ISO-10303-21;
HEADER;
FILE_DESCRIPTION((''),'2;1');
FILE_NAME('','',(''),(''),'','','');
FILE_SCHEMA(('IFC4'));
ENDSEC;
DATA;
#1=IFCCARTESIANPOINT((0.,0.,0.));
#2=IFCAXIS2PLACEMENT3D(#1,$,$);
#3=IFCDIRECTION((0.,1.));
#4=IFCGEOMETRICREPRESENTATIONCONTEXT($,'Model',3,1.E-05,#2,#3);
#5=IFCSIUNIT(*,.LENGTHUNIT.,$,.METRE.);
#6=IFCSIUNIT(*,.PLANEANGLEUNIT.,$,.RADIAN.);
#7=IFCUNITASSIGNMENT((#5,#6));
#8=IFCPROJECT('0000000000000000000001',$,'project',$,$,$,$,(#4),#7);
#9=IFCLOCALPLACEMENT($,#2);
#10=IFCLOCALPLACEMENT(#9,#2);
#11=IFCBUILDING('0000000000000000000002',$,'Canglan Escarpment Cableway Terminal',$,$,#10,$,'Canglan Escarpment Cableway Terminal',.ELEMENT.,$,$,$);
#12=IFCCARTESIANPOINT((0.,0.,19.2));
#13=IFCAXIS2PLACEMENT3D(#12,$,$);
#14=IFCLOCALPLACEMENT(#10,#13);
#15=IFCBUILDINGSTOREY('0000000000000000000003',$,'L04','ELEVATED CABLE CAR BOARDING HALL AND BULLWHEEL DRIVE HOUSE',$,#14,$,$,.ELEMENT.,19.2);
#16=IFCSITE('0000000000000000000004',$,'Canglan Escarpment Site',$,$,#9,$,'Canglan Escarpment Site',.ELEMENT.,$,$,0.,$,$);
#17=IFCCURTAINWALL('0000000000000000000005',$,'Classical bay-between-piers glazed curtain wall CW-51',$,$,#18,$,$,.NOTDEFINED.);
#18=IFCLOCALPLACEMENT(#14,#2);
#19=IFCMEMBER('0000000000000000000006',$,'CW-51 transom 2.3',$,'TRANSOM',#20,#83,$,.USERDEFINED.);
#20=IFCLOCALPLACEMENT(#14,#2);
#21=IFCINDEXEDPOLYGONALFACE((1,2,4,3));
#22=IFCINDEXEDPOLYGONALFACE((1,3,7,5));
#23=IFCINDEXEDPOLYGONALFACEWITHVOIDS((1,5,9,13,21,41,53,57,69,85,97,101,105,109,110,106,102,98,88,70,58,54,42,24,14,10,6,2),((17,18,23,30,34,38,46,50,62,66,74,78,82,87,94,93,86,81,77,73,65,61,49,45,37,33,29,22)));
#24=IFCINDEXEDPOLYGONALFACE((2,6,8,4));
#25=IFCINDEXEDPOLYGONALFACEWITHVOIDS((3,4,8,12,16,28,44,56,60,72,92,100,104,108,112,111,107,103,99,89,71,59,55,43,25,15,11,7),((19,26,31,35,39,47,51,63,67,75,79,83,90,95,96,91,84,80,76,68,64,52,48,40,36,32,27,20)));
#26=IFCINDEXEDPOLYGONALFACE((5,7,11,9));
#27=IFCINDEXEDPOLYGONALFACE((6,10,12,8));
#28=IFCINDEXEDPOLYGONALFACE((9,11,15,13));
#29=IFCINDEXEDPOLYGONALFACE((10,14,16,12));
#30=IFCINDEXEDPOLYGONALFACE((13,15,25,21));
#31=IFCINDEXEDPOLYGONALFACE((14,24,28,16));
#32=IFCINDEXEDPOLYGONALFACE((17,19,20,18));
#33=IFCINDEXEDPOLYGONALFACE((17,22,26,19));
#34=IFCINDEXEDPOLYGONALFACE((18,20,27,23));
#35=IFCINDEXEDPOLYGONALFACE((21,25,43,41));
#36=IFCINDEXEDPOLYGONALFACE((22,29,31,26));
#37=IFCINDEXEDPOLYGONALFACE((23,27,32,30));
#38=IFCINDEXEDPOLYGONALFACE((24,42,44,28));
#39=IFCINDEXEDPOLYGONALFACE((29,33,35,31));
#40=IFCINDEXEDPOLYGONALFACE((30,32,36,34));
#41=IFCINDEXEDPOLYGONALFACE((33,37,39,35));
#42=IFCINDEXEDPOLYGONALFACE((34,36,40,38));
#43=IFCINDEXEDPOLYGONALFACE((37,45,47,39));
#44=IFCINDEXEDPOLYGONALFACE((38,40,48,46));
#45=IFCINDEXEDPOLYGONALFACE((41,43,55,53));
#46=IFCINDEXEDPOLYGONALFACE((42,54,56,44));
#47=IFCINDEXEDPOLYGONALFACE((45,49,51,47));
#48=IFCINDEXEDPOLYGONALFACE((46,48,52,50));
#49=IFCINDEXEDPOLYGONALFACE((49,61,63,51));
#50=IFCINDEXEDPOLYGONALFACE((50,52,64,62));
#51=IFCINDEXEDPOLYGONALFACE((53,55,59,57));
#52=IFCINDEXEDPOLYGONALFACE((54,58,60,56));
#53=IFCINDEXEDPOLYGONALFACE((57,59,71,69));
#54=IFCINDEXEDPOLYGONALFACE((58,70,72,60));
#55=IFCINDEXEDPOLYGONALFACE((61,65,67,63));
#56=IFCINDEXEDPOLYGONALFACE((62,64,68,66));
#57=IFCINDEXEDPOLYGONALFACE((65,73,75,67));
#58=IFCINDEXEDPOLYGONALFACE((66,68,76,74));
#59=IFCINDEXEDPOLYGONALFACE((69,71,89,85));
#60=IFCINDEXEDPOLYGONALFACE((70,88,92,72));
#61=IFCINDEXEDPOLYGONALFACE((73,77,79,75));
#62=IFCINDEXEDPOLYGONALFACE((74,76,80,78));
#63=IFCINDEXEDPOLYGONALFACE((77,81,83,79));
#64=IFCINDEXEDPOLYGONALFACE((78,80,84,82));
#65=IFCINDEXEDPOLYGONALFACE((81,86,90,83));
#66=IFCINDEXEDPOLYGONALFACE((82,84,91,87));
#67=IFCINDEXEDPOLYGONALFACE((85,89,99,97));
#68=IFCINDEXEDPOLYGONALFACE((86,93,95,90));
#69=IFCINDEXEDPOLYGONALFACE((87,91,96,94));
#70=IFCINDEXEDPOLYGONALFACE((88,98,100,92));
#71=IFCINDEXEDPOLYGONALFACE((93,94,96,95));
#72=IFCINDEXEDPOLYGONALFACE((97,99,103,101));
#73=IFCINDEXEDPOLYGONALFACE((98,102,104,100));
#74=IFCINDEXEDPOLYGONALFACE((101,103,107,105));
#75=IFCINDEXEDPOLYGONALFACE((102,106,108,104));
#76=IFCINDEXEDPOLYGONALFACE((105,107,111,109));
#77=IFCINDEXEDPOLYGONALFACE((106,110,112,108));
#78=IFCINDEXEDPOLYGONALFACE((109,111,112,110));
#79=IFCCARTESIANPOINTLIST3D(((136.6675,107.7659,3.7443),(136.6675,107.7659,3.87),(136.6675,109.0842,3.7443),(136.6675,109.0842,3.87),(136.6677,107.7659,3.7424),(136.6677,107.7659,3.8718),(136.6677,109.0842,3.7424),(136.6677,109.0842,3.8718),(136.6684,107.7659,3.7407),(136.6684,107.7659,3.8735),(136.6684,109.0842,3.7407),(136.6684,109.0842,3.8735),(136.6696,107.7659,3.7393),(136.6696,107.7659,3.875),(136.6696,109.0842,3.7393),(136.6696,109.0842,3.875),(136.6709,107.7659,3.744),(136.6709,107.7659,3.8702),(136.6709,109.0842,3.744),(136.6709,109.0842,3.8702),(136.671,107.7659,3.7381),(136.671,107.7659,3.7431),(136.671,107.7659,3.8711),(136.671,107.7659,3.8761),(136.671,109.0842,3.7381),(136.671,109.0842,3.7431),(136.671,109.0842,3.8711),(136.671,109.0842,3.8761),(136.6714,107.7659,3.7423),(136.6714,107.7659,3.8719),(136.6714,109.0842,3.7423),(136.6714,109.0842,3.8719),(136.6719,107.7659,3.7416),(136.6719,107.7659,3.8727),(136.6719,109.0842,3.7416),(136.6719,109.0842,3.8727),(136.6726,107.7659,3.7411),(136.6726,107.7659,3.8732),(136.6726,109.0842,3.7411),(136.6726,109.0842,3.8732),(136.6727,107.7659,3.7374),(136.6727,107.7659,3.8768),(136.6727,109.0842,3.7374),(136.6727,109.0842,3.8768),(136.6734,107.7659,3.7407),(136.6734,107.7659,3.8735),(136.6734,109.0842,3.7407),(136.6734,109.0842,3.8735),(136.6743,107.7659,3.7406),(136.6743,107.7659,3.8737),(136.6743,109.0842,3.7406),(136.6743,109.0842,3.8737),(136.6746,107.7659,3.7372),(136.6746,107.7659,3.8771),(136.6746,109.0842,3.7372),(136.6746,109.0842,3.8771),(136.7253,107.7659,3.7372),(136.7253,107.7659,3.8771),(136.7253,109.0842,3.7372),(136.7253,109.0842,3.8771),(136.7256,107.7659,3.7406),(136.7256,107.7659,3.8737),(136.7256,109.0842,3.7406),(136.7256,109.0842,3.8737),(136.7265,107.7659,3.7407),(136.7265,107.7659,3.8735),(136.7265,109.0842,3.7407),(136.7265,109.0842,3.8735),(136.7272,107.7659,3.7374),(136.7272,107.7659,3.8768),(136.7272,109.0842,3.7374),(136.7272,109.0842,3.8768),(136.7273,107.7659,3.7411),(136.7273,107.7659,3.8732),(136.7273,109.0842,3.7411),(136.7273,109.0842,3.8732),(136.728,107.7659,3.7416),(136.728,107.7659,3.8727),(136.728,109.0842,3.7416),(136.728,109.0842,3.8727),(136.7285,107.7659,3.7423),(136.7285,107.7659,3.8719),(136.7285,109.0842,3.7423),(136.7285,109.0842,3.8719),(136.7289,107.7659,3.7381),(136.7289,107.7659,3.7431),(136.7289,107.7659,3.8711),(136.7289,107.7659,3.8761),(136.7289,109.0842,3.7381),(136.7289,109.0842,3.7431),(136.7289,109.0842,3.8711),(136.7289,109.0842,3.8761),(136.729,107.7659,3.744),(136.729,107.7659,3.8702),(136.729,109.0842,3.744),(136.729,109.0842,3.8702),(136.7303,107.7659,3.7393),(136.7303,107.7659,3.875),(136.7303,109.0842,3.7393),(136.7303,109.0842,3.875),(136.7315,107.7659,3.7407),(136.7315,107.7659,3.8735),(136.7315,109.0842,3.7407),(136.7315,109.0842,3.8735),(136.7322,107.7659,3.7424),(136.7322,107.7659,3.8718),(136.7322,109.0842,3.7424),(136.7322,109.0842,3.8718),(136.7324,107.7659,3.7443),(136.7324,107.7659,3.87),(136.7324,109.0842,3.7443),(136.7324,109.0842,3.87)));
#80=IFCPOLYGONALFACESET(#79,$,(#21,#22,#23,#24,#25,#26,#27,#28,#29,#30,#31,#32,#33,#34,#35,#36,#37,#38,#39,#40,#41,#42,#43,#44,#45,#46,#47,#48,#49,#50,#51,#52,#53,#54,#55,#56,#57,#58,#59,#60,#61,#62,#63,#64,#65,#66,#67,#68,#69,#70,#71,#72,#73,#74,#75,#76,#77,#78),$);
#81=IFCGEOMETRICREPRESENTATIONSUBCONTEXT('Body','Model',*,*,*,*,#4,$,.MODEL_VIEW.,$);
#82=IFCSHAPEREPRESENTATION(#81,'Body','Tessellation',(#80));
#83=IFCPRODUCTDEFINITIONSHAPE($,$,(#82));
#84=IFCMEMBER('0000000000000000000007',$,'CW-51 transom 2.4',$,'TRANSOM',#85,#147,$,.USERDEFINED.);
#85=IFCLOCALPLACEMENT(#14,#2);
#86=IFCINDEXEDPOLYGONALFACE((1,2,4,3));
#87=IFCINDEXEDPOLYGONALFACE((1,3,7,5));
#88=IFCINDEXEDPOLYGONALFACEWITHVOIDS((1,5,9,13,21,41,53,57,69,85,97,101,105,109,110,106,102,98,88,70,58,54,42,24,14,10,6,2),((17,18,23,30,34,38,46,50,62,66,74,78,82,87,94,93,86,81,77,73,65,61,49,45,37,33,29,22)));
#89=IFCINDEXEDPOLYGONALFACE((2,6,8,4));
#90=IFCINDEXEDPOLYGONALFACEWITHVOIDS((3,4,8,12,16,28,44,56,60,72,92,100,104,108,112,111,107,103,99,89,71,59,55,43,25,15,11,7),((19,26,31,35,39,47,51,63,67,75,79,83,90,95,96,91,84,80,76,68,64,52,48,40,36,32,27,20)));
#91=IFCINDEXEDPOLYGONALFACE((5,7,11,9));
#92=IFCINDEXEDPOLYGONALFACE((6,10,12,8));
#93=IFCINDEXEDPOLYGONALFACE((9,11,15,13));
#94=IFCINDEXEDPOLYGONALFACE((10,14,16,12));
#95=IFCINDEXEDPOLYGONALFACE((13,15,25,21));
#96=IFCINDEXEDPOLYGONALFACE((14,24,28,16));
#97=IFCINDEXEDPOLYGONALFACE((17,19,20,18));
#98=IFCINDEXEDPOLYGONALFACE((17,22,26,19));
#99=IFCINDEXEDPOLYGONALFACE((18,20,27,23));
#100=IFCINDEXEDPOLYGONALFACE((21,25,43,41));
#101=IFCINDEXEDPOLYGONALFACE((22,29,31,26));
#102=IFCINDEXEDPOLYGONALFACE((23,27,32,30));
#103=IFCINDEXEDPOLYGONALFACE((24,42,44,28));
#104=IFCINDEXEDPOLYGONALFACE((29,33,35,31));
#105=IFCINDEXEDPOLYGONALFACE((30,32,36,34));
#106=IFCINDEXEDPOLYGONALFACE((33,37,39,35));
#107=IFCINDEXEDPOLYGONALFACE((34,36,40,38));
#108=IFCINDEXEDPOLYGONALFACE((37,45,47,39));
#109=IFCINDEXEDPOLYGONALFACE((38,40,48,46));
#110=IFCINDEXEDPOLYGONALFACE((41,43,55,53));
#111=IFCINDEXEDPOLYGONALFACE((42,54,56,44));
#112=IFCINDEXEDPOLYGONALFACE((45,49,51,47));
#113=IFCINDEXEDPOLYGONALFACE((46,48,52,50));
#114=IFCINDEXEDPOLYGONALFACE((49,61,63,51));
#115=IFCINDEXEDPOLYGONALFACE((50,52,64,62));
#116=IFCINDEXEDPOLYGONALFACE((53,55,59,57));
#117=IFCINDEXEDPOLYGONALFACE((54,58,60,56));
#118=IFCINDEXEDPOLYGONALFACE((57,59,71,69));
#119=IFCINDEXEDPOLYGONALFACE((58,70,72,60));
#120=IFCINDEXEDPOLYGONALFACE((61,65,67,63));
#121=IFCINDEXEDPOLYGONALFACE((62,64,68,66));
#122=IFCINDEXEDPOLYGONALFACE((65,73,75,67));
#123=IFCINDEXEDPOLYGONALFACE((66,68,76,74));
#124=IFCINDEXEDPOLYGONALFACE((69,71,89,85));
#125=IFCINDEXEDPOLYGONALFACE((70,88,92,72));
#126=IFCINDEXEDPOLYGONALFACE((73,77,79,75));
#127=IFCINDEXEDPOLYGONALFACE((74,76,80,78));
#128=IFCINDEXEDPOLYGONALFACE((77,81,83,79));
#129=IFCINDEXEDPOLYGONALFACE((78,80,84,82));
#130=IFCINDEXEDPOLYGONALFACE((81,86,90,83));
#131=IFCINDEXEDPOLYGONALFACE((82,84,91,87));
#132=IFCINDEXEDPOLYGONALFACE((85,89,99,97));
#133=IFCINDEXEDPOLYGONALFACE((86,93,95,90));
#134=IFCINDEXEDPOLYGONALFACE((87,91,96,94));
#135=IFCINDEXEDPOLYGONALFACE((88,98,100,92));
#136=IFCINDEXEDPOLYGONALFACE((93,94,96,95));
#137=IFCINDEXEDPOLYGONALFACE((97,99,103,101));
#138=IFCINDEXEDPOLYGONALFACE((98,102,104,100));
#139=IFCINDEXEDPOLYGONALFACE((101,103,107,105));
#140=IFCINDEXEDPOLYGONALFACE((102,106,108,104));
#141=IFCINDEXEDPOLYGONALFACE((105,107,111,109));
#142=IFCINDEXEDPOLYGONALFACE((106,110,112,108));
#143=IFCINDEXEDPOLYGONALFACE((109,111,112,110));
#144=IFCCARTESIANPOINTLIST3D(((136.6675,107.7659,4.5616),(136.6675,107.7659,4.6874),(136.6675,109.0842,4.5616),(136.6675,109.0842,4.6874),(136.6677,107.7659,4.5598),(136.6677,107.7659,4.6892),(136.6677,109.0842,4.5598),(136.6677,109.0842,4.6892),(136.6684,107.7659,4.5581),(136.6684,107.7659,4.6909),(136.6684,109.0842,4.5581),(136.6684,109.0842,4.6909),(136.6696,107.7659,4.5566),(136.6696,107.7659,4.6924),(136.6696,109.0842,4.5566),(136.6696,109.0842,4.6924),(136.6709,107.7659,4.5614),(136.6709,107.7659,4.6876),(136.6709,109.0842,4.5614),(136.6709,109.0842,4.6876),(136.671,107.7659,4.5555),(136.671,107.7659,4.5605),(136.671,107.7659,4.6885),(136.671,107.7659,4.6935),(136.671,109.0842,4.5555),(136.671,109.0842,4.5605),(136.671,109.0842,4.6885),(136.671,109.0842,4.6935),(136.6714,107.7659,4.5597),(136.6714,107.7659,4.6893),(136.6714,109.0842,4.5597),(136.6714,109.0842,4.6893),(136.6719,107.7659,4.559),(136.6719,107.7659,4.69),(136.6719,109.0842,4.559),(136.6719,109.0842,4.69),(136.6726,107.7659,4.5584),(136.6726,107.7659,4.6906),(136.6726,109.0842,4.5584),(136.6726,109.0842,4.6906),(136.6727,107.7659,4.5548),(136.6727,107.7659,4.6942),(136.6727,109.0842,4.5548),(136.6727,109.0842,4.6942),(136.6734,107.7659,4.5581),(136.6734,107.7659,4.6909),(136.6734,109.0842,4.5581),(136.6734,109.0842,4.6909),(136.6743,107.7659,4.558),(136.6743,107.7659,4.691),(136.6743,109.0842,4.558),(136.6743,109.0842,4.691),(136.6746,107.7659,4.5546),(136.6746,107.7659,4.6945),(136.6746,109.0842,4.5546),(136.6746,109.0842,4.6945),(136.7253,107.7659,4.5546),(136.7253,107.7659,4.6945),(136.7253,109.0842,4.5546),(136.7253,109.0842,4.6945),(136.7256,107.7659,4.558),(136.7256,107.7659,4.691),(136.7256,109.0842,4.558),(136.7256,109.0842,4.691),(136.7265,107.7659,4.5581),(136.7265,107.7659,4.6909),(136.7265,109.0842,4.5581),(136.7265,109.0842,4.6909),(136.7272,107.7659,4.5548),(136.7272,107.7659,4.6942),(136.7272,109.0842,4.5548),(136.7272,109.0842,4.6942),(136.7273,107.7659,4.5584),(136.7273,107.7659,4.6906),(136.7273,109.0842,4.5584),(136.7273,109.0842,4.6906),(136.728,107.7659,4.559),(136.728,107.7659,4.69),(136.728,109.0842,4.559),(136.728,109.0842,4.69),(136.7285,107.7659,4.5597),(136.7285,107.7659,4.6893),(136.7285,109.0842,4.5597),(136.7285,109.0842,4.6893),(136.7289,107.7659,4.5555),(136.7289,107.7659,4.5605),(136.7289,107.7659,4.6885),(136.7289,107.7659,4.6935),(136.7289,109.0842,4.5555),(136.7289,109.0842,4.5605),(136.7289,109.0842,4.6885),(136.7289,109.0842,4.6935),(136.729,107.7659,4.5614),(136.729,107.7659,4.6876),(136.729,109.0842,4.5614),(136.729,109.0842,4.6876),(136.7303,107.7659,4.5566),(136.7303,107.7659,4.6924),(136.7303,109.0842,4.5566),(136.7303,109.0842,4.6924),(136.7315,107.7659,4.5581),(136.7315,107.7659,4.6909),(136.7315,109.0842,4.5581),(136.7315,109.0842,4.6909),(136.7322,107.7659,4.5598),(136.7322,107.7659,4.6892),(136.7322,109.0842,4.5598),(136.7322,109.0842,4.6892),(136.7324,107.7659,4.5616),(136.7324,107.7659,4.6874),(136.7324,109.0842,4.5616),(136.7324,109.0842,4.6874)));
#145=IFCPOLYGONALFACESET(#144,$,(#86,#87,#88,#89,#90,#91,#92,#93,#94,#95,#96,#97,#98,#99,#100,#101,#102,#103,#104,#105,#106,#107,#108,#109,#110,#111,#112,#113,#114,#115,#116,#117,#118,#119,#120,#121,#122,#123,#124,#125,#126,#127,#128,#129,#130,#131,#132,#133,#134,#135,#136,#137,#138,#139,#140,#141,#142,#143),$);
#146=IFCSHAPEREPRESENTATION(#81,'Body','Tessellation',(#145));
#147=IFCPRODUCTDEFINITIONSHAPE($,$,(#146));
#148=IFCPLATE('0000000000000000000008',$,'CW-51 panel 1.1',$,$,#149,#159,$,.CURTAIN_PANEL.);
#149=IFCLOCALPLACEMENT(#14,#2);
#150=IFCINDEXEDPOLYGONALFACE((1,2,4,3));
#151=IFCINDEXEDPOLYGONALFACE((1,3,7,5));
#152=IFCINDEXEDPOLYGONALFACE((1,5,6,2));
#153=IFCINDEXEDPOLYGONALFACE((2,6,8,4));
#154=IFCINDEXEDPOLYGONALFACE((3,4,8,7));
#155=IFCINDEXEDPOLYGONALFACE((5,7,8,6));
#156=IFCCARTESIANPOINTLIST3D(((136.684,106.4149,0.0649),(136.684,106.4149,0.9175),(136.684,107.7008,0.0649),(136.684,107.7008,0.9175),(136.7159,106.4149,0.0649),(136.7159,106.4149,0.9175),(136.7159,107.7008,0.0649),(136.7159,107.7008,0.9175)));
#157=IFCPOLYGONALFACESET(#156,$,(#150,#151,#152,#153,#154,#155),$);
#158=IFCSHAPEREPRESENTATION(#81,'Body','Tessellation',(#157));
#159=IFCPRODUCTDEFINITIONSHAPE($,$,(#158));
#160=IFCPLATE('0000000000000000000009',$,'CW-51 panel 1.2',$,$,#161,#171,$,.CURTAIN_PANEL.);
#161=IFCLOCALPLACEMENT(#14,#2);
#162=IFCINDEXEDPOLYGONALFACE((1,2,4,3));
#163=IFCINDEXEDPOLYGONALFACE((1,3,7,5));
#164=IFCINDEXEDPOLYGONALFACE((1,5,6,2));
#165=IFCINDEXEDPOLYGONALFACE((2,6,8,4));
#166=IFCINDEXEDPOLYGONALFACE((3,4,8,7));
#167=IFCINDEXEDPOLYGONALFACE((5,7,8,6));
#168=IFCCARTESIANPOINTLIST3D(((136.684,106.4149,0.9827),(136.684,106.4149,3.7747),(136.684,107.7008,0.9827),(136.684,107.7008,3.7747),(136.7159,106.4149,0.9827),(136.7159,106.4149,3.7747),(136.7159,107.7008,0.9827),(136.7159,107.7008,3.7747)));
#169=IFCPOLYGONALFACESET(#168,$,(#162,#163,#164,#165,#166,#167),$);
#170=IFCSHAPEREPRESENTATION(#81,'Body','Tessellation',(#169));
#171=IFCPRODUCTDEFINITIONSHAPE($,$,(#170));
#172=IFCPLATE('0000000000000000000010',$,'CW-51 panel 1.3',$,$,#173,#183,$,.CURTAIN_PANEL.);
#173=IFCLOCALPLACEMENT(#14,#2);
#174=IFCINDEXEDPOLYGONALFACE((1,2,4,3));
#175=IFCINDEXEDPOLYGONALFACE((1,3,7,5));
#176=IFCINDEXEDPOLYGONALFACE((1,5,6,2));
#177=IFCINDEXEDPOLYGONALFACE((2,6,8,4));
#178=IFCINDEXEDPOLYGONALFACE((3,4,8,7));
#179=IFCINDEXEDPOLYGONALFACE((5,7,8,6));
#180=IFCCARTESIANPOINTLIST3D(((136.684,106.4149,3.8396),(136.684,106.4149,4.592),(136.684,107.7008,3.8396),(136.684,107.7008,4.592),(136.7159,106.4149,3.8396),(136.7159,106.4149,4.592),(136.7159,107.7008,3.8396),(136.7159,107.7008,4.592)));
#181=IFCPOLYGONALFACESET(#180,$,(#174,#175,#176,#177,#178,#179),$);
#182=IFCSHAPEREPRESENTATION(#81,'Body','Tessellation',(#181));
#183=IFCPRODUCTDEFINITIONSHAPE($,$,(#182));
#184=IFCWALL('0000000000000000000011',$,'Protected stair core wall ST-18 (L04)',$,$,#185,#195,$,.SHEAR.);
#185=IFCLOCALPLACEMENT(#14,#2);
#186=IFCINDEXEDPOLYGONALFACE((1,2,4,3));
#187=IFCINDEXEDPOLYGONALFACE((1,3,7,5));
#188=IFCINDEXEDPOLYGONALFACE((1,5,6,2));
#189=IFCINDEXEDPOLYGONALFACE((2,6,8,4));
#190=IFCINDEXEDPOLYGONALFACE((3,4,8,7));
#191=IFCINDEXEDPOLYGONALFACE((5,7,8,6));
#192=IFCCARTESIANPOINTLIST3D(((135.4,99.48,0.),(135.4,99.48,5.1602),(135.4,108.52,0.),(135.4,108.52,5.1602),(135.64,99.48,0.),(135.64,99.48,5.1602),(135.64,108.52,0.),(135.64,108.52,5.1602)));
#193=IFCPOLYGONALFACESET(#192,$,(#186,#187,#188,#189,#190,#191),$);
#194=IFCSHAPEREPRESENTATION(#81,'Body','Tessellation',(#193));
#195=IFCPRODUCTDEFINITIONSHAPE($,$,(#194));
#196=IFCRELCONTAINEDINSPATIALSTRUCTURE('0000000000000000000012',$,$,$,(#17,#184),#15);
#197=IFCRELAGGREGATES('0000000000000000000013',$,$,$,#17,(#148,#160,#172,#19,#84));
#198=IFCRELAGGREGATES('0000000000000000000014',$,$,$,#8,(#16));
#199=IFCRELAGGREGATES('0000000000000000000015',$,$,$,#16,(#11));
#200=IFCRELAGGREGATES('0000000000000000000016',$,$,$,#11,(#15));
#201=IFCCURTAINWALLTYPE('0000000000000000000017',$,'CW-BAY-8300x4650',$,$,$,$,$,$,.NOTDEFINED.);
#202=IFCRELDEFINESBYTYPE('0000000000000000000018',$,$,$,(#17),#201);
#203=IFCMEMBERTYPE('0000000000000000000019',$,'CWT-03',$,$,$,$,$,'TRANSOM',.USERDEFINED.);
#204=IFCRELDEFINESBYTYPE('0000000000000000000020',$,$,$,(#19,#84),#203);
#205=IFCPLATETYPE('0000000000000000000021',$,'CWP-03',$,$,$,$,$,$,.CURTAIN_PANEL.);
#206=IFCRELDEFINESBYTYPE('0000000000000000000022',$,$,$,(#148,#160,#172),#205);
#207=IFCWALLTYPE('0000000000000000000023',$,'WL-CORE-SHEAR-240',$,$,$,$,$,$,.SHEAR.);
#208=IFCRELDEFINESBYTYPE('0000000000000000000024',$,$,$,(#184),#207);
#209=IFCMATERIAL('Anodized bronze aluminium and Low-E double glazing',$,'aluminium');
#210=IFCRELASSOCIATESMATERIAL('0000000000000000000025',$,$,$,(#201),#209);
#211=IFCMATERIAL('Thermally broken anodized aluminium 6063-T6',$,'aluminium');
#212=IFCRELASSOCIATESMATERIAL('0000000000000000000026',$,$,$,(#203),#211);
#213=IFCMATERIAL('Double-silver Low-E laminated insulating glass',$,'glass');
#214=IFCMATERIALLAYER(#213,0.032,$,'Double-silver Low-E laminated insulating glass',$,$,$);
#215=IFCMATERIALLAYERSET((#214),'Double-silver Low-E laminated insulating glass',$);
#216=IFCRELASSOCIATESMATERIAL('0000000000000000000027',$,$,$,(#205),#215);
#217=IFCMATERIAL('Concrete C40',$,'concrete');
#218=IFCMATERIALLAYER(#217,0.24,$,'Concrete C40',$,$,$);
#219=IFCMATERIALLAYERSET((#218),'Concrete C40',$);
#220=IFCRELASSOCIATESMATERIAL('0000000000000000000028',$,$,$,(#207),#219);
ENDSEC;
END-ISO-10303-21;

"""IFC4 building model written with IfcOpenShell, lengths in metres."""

from ifc_helpers import new_model, si_unit, direction, frame, frame_2d, origin, origin_2d, place, context, subcontext, project, spatial, rectangle, hollow_rectangle, extrude, material, layer, layer_set, material_profile, profile_set, type_object, element, aggregate, save


model = new_model("IFC4")

# Units and contexts
model_context = context("Model", 3, precision=1e-05, world=origin(), true_north=direction((0.0, 1.0)))
body_context = subcontext(model_context, "Body", "Model", "MODEL_VIEW")
ifc_project = project(units=[si_unit("LENGTHUNIT", "METRE"), si_unit("PLANEANGLEUNIT", "RADIAN")], contexts=[model_context])

# Site, building, storey
site_placement = place(None, origin())
site = spatial("IfcSite", under=ifc_project, at=site_placement, Name="Canglan Escarpment Site", LongName="Canglan Escarpment Site", CompositionType="ELEMENT", RefElevation=0.0)
building_placement = place(site_placement, origin())
building = spatial("IfcBuilding", under=site, at=building_placement, Name="Canglan Escarpment Cableway Terminal", LongName="Canglan Escarpment Cableway Terminal", CompositionType="ELEMENT")
storey_placement = place(building_placement, frame((0.0, 0.0, 19.2)))
storey = spatial("IfcBuildingStorey", under=building, at=storey_placement, Name="L04", Description="ELEVATED CABLE CAR BOARDING HALL AND BULLWHEEL DRIVE HOUSE", CompositionType="ELEMENT", Elevation=19.2)

# Shared definitions
ifc_material_1 = material(Name="Concrete C40", Category="concrete")

# Curtain wall, members, plates
ifc_material_2 = material(Name="Anodized bronze aluminium and Low-E double glazing", Category="aluminium")
curtain_wall_type = type_object("IfcCurtainWallType", Name="CW-BAY-8300x4650", PredefinedType="NOTDEFINED", material=ifc_material_2)
curtain_wall_placement = place(storey_placement, origin())
curtain_wall = element("IfcCurtainWall", 1, at=curtain_wall_placement, inside=storey, type_object=curtain_wall_type, Name="Classical bay-between-piers glazed curtain wall CW-51", PredefinedType="NOTDEFINED")
ifc_material_3 = material(Name="Thermally broken anodized aluminium 6063-T6", Category="aluminium")
ifc_material_profile_1 = material_profile(ifc_material_3, hollow_rectangle(XDim=0.0649, YDim=0.1399, WallThickness=0.0034, InnerFilletRadius=0.0034, OuterFilletRadius=0.0071, at=origin_2d()), Name="ALU-TRAN 65x140x3.5")
ifc_profile_set_1 = profile_set([ifc_material_profile_1], Name="Thermally broken anodized aluminium 6063-T6")
member_type_1 = type_object("IfcMemberType", Name="CWT-03", ElementType="TRANSOM", PredefinedType="USERDEFINED", material=ifc_profile_set_1)
member_1_placement = place(storey_placement, frame((136.7, 107.7659, 3.8071), z_axis=(0.0, 1.0, 0.0), x_axis=(-1.0, 0.0, 0.0)))
member_1 = element("IfcMember", 2, at=member_1_placement, type_object=member_type_1, Name="CW-51 transom 2.3", ObjectType="TRANSOM", PredefinedType="USERDEFINED", context=body_context, shape_type="SweptSolid", body=[
    extrude(hollow_rectangle(XDim=0.0649, YDim=0.1399, WallThickness=0.0034, InnerFilletRadius=0.0034, OuterFilletRadius=0.0071, at=origin_2d()), origin(), (0.0, 0.0, 1.0), 1.3184),
])
member_2_placement = place(storey_placement, frame((136.7, 107.7659, 4.6245), z_axis=(0.0, 1.0, 0.0), x_axis=(-1.0, 0.0, 0.0)))
member_2 = element("IfcMember", 3, at=member_2_placement, type_object=member_type_1, Name="CW-51 transom 2.4", ObjectType="TRANSOM", PredefinedType="USERDEFINED", context=body_context, shape_type="SweptSolid", body=[
    extrude(hollow_rectangle(XDim=0.0649, YDim=0.1399, WallThickness=0.0034, InnerFilletRadius=0.0034, OuterFilletRadius=0.0071, at=origin_2d()), origin(), (0.0, 0.0, 1.0), 1.3184),
])
ifc_material_4 = material(Name="Double-silver Low-E laminated insulating glass", Category="glass")
ifc_layer_1 = layer(ifc_material_4, 0.032, Name="Double-silver Low-E laminated insulating glass")
ifc_layer_set_1 = layer_set([ifc_layer_1], Name="Double-silver Low-E laminated insulating glass")
plate_type = type_object("IfcPlateType", Name="CWP-03", PredefinedType="CURTAIN_PANEL", material=ifc_layer_set_1)
plate_1_placement = place(storey_placement, frame((136.7, 107.0579, 0.0649), z_axis=(0.0, 0.0, 1.0), x_axis=(0.0, 1.0, 0.0)))
plate_1 = element("IfcPlate", 4, at=plate_1_placement, type_object=plate_type, Name="CW-51 panel 1.1", PredefinedType="CURTAIN_PANEL", context=body_context, shape_type="SweptSolid", body=[
    extrude(rectangle(XDim=1.2859, YDim=0.032, at=origin_2d()), origin(), (0.0, 0.0, 1.0), 0.8525),
])
plate_2_placement = place(storey_placement, frame((136.7, 107.0579, 0.9827), z_axis=(0.0, 0.0, 1.0), x_axis=(0.0, 1.0, 0.0)))
plate_2 = element("IfcPlate", 5, at=plate_2_placement, type_object=plate_type, Name="CW-51 panel 1.2", PredefinedType="CURTAIN_PANEL", context=body_context, shape_type="SweptSolid", body=[
    extrude(rectangle(XDim=1.2859, YDim=0.032, at=origin_2d()), origin(), (0.0, 0.0, 1.0), 2.792),
])
plate_3_placement = place(storey_placement, frame((136.7, 107.0579, 3.8396), z_axis=(0.0, 0.0, 1.0), x_axis=(0.0, 1.0, 0.0)))
plate_3 = element("IfcPlate", 6, at=plate_3_placement, type_object=plate_type, Name="CW-51 panel 1.3", PredefinedType="CURTAIN_PANEL", context=body_context, shape_type="SweptSolid", body=[
    extrude(rectangle(XDim=1.2859, YDim=0.032, at=origin_2d()), origin(), (0.0, 0.0, 1.0), 0.7524),
])
aggregate(curtain_wall, [plate_1, plate_2, plate_3, member_1, member_2])

# Wall
ifc_layer_2 = layer(ifc_material_1, 0.24, Name="Concrete C40")
ifc_layer_set_2 = layer_set([ifc_layer_2], Name="Concrete C40")
wall_type_1 = type_object("IfcWallType", Name="WL-CORE-SHEAR-240", PredefinedType="SHEAR", material=ifc_layer_set_2)
wall_1_placement = place(storey_placement, frame((135.52, 99.48, 0.0), z_axis=(0.0, 0.0, 1.0), x_axis=(0.0, 1.0, 0.0)))
element("IfcWall", 7, at=wall_1_placement, inside=storey, type_object=wall_type_1, Name="Protected stair core wall ST-18 (L04)", PredefinedType="SHEAR", context=body_context, shape_type="SweptSolid", body=[
    extrude(rectangle(XDim=9.04, YDim=0.24, at=frame_2d((4.52, 0.0))), origin(), (0.0, 0.0, 1.0), 5.1602),
])

save(model, "model.ifc")
